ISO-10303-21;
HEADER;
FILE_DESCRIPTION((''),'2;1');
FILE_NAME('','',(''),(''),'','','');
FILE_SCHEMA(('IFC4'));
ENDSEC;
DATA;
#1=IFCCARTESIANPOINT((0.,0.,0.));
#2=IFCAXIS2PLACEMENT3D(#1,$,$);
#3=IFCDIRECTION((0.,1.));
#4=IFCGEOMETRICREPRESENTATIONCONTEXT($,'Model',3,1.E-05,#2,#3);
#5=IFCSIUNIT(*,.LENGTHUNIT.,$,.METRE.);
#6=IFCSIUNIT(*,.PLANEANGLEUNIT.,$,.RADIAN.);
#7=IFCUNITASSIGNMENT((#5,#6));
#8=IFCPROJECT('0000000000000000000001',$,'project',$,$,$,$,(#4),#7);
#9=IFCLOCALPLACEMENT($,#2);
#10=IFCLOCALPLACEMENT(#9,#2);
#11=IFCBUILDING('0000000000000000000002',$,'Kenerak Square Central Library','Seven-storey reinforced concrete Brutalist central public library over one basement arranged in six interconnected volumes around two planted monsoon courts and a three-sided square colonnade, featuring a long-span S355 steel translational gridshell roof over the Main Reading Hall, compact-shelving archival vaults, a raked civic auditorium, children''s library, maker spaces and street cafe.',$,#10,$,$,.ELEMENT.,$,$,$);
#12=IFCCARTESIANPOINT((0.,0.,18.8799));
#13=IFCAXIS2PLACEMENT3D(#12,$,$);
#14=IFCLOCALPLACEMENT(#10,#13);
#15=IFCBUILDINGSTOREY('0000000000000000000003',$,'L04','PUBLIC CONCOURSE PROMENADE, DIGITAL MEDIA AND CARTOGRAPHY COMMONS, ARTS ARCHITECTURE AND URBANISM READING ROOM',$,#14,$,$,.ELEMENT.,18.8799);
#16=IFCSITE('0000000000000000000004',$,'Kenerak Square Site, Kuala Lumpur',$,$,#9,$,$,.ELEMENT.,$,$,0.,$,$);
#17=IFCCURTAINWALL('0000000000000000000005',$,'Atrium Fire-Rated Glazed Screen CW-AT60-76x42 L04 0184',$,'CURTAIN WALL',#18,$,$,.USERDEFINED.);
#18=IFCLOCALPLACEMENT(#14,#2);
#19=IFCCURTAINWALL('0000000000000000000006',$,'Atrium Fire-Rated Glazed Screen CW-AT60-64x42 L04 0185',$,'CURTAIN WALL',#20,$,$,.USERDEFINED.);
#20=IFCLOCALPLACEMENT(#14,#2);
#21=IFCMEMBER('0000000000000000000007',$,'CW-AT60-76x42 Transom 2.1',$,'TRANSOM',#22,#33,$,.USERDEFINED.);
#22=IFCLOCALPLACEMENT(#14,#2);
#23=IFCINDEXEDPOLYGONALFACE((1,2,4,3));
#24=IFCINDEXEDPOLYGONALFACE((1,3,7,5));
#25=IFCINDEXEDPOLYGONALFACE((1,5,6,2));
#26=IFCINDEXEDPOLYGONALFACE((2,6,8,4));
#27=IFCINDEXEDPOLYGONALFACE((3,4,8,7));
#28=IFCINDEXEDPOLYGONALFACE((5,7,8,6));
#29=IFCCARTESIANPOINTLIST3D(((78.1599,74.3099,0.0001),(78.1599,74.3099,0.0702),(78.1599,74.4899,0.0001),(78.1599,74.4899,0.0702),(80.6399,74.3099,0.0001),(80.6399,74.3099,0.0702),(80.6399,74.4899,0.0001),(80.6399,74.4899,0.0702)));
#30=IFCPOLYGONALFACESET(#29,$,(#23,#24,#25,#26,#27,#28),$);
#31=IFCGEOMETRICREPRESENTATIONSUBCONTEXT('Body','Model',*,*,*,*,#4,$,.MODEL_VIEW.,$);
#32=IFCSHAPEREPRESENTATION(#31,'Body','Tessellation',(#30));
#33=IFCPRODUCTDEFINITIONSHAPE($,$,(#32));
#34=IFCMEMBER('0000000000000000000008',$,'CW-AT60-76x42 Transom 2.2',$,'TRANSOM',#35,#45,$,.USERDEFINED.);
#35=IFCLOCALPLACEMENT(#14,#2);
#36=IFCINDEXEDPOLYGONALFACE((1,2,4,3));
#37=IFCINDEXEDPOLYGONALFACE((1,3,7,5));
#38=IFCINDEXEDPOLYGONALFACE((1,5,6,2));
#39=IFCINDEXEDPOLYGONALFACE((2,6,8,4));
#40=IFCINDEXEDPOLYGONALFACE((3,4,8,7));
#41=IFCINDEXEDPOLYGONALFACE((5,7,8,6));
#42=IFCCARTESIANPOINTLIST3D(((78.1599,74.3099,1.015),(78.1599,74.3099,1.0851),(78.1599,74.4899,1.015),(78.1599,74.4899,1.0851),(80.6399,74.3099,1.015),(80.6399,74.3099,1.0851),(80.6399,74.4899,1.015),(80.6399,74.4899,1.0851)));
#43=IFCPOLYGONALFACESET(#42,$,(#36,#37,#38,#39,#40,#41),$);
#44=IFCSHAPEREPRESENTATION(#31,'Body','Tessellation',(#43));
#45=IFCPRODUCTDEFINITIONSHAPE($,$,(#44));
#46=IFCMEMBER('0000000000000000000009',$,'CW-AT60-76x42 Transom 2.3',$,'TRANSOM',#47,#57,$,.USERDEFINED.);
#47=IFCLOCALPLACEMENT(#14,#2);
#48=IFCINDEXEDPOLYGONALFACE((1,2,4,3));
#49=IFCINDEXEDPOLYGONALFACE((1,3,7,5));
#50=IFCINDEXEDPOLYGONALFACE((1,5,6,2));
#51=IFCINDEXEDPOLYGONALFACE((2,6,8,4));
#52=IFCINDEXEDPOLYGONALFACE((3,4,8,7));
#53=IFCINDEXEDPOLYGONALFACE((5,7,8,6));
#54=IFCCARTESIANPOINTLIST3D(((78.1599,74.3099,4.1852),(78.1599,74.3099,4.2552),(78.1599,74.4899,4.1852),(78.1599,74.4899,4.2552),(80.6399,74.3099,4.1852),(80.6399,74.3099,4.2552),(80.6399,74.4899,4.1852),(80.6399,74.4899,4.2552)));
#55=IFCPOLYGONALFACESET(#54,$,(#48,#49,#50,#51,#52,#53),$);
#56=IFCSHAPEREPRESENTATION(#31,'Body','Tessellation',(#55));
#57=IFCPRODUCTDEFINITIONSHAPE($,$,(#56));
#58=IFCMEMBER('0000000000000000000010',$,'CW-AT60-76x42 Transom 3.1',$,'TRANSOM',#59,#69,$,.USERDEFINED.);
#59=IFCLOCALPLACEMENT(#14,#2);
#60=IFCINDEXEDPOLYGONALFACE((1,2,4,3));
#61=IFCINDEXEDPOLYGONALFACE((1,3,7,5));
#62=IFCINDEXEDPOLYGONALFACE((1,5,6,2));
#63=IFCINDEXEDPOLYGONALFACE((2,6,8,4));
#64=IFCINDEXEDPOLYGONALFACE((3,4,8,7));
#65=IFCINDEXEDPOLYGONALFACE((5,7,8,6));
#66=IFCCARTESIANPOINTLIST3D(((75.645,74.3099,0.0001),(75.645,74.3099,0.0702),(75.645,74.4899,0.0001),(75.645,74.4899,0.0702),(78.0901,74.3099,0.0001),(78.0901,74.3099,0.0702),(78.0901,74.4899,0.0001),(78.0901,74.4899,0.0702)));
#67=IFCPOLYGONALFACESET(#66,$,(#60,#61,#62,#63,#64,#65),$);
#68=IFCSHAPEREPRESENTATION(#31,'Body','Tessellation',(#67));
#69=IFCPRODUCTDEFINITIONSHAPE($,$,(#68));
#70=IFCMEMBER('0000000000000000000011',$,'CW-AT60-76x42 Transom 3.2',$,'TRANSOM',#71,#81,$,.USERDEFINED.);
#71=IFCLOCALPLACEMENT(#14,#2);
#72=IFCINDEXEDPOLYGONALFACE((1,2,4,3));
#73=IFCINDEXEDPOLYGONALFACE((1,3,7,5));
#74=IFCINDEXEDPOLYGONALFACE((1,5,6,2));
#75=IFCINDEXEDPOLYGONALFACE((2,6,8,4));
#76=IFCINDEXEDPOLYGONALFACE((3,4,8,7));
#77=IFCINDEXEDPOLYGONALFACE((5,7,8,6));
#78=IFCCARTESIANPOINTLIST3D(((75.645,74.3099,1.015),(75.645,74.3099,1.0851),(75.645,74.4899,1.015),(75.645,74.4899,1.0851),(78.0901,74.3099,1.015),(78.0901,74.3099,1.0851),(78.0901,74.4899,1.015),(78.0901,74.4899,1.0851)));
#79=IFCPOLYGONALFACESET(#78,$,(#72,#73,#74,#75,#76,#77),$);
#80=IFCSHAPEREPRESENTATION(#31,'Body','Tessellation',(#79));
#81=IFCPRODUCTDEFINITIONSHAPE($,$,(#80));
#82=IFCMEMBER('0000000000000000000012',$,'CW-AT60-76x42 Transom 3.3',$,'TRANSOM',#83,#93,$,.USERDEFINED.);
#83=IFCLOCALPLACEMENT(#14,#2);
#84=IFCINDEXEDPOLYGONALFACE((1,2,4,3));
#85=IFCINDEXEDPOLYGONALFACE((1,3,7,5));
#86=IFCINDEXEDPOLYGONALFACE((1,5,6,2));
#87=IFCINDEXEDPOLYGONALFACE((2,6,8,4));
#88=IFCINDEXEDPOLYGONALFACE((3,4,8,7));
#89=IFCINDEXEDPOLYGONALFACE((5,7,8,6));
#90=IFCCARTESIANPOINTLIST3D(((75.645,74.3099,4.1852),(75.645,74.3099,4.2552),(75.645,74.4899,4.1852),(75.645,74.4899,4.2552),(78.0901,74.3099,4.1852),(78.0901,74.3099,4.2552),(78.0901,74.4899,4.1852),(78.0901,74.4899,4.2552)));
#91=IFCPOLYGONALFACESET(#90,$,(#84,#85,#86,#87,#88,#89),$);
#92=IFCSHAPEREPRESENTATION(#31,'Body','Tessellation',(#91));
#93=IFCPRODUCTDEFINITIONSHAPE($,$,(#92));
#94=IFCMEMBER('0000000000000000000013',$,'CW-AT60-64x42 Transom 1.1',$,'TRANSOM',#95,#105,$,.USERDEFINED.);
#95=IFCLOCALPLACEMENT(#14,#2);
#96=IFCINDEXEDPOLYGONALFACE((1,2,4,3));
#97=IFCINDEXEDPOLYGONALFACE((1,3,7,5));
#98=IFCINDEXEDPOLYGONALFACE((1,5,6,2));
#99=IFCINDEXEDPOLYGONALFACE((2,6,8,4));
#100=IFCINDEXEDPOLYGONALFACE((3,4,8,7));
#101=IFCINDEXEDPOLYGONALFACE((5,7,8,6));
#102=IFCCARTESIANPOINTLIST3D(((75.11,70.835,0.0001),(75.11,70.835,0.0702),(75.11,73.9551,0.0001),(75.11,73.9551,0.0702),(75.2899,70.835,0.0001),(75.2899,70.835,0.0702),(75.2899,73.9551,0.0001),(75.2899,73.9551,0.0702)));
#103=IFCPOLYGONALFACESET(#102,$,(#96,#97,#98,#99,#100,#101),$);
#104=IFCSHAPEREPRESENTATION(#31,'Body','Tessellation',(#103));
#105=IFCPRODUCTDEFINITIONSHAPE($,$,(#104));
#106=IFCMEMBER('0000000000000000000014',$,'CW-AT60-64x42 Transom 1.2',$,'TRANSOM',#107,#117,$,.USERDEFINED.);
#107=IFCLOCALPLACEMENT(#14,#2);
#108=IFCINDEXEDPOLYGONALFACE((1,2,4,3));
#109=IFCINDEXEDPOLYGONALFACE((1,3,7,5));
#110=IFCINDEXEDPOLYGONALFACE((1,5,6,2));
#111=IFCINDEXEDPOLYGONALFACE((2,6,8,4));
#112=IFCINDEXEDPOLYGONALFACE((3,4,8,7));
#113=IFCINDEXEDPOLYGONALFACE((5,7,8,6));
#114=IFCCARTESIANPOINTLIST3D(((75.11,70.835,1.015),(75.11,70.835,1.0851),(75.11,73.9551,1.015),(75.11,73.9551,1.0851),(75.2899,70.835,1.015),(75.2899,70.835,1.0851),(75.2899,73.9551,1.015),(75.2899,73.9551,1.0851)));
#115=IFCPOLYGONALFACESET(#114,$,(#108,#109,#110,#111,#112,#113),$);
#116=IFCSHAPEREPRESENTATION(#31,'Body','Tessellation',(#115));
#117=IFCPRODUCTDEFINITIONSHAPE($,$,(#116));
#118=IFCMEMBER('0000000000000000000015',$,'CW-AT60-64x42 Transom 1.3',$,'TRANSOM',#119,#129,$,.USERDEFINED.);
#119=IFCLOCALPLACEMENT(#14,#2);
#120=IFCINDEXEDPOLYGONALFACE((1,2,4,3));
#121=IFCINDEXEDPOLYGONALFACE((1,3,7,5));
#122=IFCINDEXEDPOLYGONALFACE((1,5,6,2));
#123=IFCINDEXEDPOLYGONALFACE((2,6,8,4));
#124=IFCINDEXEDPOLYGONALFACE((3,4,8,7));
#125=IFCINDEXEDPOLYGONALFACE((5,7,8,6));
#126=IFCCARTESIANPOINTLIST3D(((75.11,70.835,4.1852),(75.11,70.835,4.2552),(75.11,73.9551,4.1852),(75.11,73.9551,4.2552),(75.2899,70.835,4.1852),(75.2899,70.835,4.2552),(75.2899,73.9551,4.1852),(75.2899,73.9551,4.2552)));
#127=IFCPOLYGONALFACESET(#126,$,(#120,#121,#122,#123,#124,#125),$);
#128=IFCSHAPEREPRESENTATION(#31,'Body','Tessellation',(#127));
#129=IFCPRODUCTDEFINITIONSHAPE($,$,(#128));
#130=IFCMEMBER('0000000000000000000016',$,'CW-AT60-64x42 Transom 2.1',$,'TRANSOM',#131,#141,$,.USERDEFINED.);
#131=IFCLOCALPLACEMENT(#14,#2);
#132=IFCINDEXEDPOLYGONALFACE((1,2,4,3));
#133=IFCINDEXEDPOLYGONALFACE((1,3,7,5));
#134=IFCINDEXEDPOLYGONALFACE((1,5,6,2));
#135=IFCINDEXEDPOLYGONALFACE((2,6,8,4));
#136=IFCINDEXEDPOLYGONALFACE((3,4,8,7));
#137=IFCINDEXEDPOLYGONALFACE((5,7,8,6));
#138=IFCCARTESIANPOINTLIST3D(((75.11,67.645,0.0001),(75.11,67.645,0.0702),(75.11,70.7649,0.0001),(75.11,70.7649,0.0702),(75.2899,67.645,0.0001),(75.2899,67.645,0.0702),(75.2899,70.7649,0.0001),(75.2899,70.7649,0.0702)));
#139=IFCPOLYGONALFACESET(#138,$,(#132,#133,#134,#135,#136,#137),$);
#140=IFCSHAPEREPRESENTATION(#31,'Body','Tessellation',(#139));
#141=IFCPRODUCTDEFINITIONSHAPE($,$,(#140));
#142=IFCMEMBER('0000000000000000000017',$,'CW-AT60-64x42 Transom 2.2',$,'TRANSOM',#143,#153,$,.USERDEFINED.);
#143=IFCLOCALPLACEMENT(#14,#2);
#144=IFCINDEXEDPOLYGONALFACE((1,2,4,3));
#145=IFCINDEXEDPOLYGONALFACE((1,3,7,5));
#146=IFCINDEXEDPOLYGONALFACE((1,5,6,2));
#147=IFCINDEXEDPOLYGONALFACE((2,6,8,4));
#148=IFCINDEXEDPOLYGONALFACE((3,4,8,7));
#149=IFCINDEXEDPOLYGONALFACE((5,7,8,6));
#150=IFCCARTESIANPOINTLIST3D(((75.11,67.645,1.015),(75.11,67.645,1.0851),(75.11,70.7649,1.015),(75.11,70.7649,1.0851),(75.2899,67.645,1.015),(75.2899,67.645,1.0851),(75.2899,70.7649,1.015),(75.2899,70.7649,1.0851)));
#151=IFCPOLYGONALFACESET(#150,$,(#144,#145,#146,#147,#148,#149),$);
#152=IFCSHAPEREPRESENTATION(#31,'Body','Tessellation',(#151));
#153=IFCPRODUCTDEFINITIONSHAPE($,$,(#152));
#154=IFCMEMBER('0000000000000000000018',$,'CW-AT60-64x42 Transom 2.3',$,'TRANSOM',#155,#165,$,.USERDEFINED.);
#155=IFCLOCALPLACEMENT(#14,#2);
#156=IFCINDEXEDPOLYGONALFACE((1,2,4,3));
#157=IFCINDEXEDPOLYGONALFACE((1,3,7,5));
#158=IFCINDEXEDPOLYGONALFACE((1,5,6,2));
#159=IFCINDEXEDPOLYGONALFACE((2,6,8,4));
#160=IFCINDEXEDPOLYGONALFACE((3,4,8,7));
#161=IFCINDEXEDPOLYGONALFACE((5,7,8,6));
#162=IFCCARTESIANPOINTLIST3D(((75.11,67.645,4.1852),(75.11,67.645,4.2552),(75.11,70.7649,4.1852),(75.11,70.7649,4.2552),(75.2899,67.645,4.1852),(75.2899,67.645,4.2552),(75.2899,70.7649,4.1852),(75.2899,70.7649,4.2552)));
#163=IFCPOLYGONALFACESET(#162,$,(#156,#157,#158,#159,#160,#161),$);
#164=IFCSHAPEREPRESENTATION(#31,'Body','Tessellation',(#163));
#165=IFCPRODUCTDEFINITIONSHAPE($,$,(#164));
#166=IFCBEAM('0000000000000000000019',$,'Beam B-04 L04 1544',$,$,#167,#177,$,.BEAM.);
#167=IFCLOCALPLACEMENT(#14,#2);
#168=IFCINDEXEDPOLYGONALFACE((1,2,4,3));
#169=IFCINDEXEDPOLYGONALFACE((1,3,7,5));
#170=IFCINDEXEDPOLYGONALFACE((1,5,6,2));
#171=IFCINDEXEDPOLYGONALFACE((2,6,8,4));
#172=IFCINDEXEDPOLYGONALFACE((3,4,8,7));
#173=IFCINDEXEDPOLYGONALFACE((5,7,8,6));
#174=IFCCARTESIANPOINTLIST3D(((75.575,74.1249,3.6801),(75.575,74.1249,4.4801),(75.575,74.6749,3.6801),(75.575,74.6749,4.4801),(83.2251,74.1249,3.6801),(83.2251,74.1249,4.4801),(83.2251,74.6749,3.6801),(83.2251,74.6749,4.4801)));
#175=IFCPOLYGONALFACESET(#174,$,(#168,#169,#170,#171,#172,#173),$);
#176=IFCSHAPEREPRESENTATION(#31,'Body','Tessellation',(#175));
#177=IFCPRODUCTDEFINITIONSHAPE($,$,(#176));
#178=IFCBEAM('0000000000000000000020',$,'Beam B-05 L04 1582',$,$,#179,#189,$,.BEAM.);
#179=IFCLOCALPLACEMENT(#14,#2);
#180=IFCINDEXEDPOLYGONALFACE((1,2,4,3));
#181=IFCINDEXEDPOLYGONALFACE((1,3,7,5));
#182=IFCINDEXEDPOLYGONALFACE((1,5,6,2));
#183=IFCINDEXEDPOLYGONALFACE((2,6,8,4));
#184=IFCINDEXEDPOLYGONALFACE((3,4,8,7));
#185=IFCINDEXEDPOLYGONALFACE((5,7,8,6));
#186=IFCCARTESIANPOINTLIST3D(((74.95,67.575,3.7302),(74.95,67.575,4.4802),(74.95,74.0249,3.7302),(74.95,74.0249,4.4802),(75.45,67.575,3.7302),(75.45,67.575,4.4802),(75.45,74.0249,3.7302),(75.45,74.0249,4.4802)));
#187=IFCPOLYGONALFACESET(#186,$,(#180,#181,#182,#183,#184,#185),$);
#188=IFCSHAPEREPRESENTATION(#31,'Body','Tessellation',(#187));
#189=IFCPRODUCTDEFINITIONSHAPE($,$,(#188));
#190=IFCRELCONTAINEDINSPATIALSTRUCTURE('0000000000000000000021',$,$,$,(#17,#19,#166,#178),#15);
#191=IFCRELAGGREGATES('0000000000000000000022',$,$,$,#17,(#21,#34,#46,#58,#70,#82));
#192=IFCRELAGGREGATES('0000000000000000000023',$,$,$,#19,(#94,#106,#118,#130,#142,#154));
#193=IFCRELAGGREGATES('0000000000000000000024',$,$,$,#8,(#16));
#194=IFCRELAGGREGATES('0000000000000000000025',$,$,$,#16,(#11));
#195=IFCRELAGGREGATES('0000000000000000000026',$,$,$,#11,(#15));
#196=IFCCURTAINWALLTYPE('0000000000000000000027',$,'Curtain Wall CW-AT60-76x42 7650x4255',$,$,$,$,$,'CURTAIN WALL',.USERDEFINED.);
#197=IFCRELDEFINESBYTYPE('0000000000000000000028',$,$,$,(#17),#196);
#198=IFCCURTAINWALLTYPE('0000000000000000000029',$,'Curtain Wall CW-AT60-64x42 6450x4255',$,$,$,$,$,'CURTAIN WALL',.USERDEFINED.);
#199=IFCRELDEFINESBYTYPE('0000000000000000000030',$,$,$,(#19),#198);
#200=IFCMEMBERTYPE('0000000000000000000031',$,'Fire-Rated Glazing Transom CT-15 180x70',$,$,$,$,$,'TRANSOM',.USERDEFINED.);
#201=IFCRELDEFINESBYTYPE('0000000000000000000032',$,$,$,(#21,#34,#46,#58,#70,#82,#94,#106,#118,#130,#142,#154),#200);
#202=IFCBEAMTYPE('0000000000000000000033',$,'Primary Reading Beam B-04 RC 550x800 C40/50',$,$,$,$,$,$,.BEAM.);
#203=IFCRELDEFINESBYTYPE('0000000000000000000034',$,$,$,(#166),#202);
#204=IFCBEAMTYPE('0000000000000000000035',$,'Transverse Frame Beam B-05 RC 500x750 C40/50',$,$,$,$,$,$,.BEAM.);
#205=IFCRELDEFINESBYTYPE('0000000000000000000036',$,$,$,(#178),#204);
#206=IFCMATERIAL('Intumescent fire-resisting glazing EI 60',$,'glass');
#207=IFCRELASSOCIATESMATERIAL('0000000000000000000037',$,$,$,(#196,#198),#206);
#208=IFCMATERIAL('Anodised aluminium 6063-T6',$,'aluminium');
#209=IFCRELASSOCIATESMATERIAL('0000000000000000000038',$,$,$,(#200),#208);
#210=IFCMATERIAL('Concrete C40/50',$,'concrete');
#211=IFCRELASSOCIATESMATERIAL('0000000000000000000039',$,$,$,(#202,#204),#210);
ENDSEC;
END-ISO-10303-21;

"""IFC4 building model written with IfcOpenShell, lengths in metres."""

from ifc_helpers import new_model, si_unit, direction, frame, origin, origin_2d, place, context, subcontext, project, spatial, rectangle, extrude, material, material_profile, profile_set, type_object, element, aggregate, save


model = new_model("IFC4")

# Units and contexts
model_context = context("Model", 3, precision=1e-05, world=origin(), true_north=direction((0.0, 1.0)))
body_context = subcontext(model_context, "Body", "Model", "MODEL_VIEW")
ifc_project = project(units=[si_unit("LENGTHUNIT", "METRE"), si_unit("PLANEANGLEUNIT", "RADIAN")], contexts=[model_context])

# Site, building, storey
site_placement = place(None, origin())
site = spatial("IfcSite", under=ifc_project, at=site_placement, Name="Kenerak Square Site, Kuala Lumpur", CompositionType="ELEMENT", RefElevation=0.0)
building_placement = place(site_placement, origin())
building = spatial("IfcBuilding", under=site, at=building_placement, Name="Kenerak Square Central Library", Description="Seven-storey reinforced concrete Brutalist central public library over one basement arranged in six interconnected volumes around two planted monsoon courts and a three-sided square colonnade, featuring a long-span S355 steel translational gridshell roof over the Main Reading Hall, compact-shelving archival vaults, a raked civic auditorium, children's library, maker spaces and street cafe.", CompositionType="ELEMENT")
storey_placement = place(building_placement, frame((0.0, 0.0, 18.8799)))
storey = spatial("IfcBuildingStorey", under=building, at=storey_placement, Name="L04", Description="PUBLIC CONCOURSE PROMENADE, DIGITAL MEDIA AND CARTOGRAPHY COMMONS, ARTS ARCHITECTURE AND URBANISM READING ROOM", CompositionType="ELEMENT", Elevation=18.8799)

# Shared definitions
ifc_material_1 = material(Name="Concrete C40/50", Category="concrete")

# Curtain walls
ifc_material_2 = material(Name="Intumescent fire-resisting glazing EI 60", Category="glass")
curtain_wall_type_1 = type_object("IfcCurtainWallType", Name="Curtain Wall CW-AT60-76x42 7650x4255", ElementType="CURTAIN WALL", PredefinedType="USERDEFINED", material=ifc_material_2)
curtain_wall_1_placement = place(storey_placement, origin())
curtain_wall_1 = element("IfcCurtainWall", 1, at=curtain_wall_1_placement, inside=storey, type_object=curtain_wall_type_1, Name="Atrium Fire-Rated Glazed Screen CW-AT60-76x42 L04 0184", ObjectType="CURTAIN WALL", PredefinedType="USERDEFINED")
ifc_material_3 = material(Name="Anodised aluminium 6063-T6", Category="aluminium")
curtain_wall_type_2 = type_object("IfcCurtainWallType", Name="Curtain Wall CW-AT60-64x42 6450x4255", ElementType="CURTAIN WALL", PredefinedType="USERDEFINED", material=ifc_material_2)
curtain_wall_2_placement = place(storey_placement, origin())
curtain_wall_2 = element("IfcCurtainWall", 2, at=curtain_wall_2_placement, inside=storey, type_object=curtain_wall_type_2, Name="Atrium Fire-Rated Glazed Screen CW-AT60-64x42 L04 0185", ObjectType="CURTAIN WALL", PredefinedType="USERDEFINED")

# Members
ifc_material_profile_1 = material_profile(ifc_material_3, rectangle(XDim=0.1799, YDim=0.0701, at=origin_2d()), Name="AL TRANSOM 180x70")
ifc_profile_set_1 = profile_set([ifc_material_profile_1], Name="Anodised aluminium 6063-T6")
member_type_1 = type_object("IfcMemberType", Name="Fire-Rated Glazing Transom CT-15 180x70", ElementType="TRANSOM", PredefinedType="USERDEFINED", material=ifc_profile_set_1)
member_1_placement = place(storey_placement, frame((80.6399, 74.3999, 0.0352), z_axis=(-1.0, 0.0, 0.0), x_axis=(0.0, -1.0, 0.0)))
member_1 = element("IfcMember", 3, at=member_1_placement, type_object=member_type_1, Name="CW-AT60-76x42 Transom 2.1", ObjectType="TRANSOM", PredefinedType="USERDEFINED", context=body_context, shape_type="SweptSolid", body=[
    extrude(rectangle(XDim=0.1799, YDim=0.0701, at=origin_2d()), origin(), (0.0, 0.0, 1.0), 2.48),
])
member_2_placement = place(storey_placement, frame((80.6399, 74.3999, 1.05), z_axis=(-1.0, 0.0, 0.0), x_axis=(0.0, -1.0, 0.0)))
member_2 = element("IfcMember", 4, at=member_2_placement, type_object=member_type_1, Name="CW-AT60-76x42 Transom 2.2", ObjectType="TRANSOM", PredefinedType="USERDEFINED", context=body_context, shape_type="SweptSolid", body=[
    extrude(rectangle(XDim=0.1799, YDim=0.0701, at=origin_2d()), origin(), (0.0, 0.0, 1.0), 2.48),
])
member_3_placement = place(storey_placement, frame((80.6399, 74.3999, 4.2202), z_axis=(-1.0, 0.0, 0.0), x_axis=(0.0, -1.0, 0.0)))
member_3 = element("IfcMember", 5, at=member_3_placement, type_object=member_type_1, Name="CW-AT60-76x42 Transom 2.3", ObjectType="TRANSOM", PredefinedType="USERDEFINED", context=body_context, shape_type="SweptSolid", body=[
    extrude(rectangle(XDim=0.1799, YDim=0.0701, at=origin_2d()), origin(), (0.0, 0.0, 1.0), 2.48),
])
member_4_placement = place(storey_placement, frame((78.0901, 74.3999, 0.0352), z_axis=(-1.0, 0.0, 0.0), x_axis=(0.0, -1.0, 0.0)))
member_4 = element("IfcMember", 6, at=member_4_placement, type_object=member_type_1, Name="CW-AT60-76x42 Transom 3.1", ObjectType="TRANSOM", PredefinedType="USERDEFINED", context=body_context, shape_type="SweptSolid", body=[
    extrude(rectangle(XDim=0.1799, YDim=0.0701, at=origin_2d()), origin(), (0.0, 0.0, 1.0), 2.4451),
])
member_5_placement = place(storey_placement, frame((78.0901, 74.3999, 1.05), z_axis=(-1.0, 0.0, 0.0), x_axis=(0.0, -1.0, 0.0)))
member_5 = element("IfcMember", 7, at=member_5_placement, type_object=member_type_1, Name="CW-AT60-76x42 Transom 3.2", ObjectType="TRANSOM", PredefinedType="USERDEFINED", context=body_context, shape_type="SweptSolid", body=[
    extrude(rectangle(XDim=0.1799, YDim=0.0701, at=origin_2d()), origin(), (0.0, 0.0, 1.0), 2.4451),
])
member_6_placement = place(storey_placement, frame((78.0901, 74.3999, 4.2202), z_axis=(-1.0, 0.0, 0.0), x_axis=(0.0, -1.0, 0.0)))
member_6 = element("IfcMember", 8, at=member_6_placement, type_object=member_type_1, Name="CW-AT60-76x42 Transom 3.3", ObjectType="TRANSOM", PredefinedType="USERDEFINED", context=body_context, shape_type="SweptSolid", body=[
    extrude(rectangle(XDim=0.1799, YDim=0.0701, at=origin_2d()), origin(), (0.0, 0.0, 1.0), 2.4451),
])
member_7_placement = place(storey_placement, frame((75.2, 73.9551, 0.0352), z_axis=(0.0, -1.0, 0.0), x_axis=(1.0, 0.0, 0.0)))
member_7 = element("IfcMember", 9, at=member_7_placement, type_object=member_type_1, Name="CW-AT60-64x42 Transom 1.1", ObjectType="TRANSOM", PredefinedType="USERDEFINED", context=body_context, shape_type="SweptSolid", body=[
    extrude(rectangle(XDim=0.1799, YDim=0.0701, at=origin_2d()), origin(), (0.0, 0.0, 1.0), 3.1201),
])
member_8_placement = place(storey_placement, frame((75.2, 73.9551, 1.05), z_axis=(0.0, -1.0, 0.0), x_axis=(1.0, 0.0, 0.0)))
member_8 = element("IfcMember", 10, at=member_8_placement, type_object=member_type_1, Name="CW-AT60-64x42 Transom 1.2", ObjectType="TRANSOM", PredefinedType="USERDEFINED", context=body_context, shape_type="SweptSolid", body=[
    extrude(rectangle(XDim=0.1799, YDim=0.0701, at=origin_2d()), origin(), (0.0, 0.0, 1.0), 3.1201),
])
member_9_placement = place(storey_placement, frame((75.2, 73.9551, 4.2202), z_axis=(0.0, -1.0, 0.0), x_axis=(1.0, 0.0, 0.0)))
member_9 = element("IfcMember", 11, at=member_9_placement, type_object=member_type_1, Name="CW-AT60-64x42 Transom 1.3", ObjectType="TRANSOM", PredefinedType="USERDEFINED", context=body_context, shape_type="SweptSolid", body=[
    extrude(rectangle(XDim=0.1799, YDim=0.0701, at=origin_2d()), origin(), (0.0, 0.0, 1.0), 3.1201),
])
member_10_placement = place(storey_placement, frame((75.2, 70.7649, 0.0352), z_axis=(0.0, -1.0, 0.0), x_axis=(1.0, 0.0, 0.0)))
member_10 = element("IfcMember", 12, at=member_10_placement, type_object=member_type_1, Name="CW-AT60-64x42 Transom 2.1", ObjectType="TRANSOM", PredefinedType="USERDEFINED", context=body_context, shape_type="SweptSolid", body=[
    extrude(rectangle(XDim=0.1799, YDim=0.0701, at=origin_2d()), origin(), (0.0, 0.0, 1.0), 3.1199),
])
member_11_placement = place(storey_placement, frame((75.2, 70.7649, 1.05), z_axis=(0.0, -1.0, 0.0), x_axis=(1.0, 0.0, 0.0)))
member_11 = element("IfcMember", 13, at=member_11_placement, type_object=member_type_1, Name="CW-AT60-64x42 Transom 2.2", ObjectType="TRANSOM", PredefinedType="USERDEFINED", context=body_context, shape_type="SweptSolid", body=[
    extrude(rectangle(XDim=0.1799, YDim=0.0701, at=origin_2d()), origin(), (0.0, 0.0, 1.0), 3.1199),
])
member_12_placement = place(storey_placement, frame((75.2, 70.7649, 4.2202), z_axis=(0.0, -1.0, 0.0), x_axis=(1.0, 0.0, 0.0)))
member_12 = element("IfcMember", 14, at=member_12_placement, type_object=member_type_1, Name="CW-AT60-64x42 Transom 2.3", ObjectType="TRANSOM", PredefinedType="USERDEFINED", context=body_context, shape_type="SweptSolid", body=[
    extrude(rectangle(XDim=0.1799, YDim=0.0701, at=origin_2d()), origin(), (0.0, 0.0, 1.0), 3.1199),
])

# Beams
ifc_material_profile_2 = material_profile(ifc_material_1, rectangle(XDim=0.55, YDim=0.8, at=origin_2d()), Name="RC 550x800")
ifc_profile_set_2 = profile_set([ifc_material_profile_2], Name="Concrete C40/50")
beam_type_1 = type_object("IfcBeamType", Name="Primary Reading Beam B-04 RC 550x800 C40/50", PredefinedType="BEAM", material=ifc_profile_set_2)
beam_1_placement = place(storey_placement, frame((75.575, 74.3999, 4.0801), z_axis=(1.0, 0.0, 0.0), x_axis=(0.0, 1.0, 0.0)))
element("IfcBeam", 15, at=beam_1_placement, inside=storey, type_object=beam_type_1, Name="Beam B-04 L04 1544", PredefinedType="BEAM", context=body_context, shape_type="SweptSolid", body=[
    extrude(rectangle(XDim=0.55, YDim=0.8, at=origin_2d()), origin(), (0.0, 0.0, 1.0), 7.6501),
])
ifc_material_profile_3 = material_profile(ifc_material_1, rectangle(XDim=0.5, YDim=0.75, at=origin_2d()), Name="RC 500x750")
ifc_profile_set_3 = profile_set([ifc_material_profile_3], Name="Concrete C40/50")
beam_type_2 = type_object("IfcBeamType", Name="Transverse Frame Beam B-05 RC 500x750 C40/50", PredefinedType="BEAM", material=ifc_profile_set_3)
beam_2_placement = place(storey_placement, frame((75.2, 67.575, 4.1052), z_axis=(0.0, 1.0, 0.0), x_axis=(-1.0, 0.0, 0.0)))
element("IfcBeam", 16, at=beam_2_placement, inside=storey, type_object=beam_type_2, Name="Beam B-05 L04 1582", PredefinedType="BEAM", context=body_context, shape_type="SweptSolid", body=[
    extrude(rectangle(XDim=0.5, YDim=0.75, at=origin_2d()), origin(), (0.0, 0.0, 1.0), 6.45),
])

aggregate(curtain_wall_1, [member_1, member_2, member_3, member_4, member_5, member_6])
aggregate(curtain_wall_2, [member_7, member_8, member_9, member_10, member_11, member_12])

save(model, "model.ifc")
